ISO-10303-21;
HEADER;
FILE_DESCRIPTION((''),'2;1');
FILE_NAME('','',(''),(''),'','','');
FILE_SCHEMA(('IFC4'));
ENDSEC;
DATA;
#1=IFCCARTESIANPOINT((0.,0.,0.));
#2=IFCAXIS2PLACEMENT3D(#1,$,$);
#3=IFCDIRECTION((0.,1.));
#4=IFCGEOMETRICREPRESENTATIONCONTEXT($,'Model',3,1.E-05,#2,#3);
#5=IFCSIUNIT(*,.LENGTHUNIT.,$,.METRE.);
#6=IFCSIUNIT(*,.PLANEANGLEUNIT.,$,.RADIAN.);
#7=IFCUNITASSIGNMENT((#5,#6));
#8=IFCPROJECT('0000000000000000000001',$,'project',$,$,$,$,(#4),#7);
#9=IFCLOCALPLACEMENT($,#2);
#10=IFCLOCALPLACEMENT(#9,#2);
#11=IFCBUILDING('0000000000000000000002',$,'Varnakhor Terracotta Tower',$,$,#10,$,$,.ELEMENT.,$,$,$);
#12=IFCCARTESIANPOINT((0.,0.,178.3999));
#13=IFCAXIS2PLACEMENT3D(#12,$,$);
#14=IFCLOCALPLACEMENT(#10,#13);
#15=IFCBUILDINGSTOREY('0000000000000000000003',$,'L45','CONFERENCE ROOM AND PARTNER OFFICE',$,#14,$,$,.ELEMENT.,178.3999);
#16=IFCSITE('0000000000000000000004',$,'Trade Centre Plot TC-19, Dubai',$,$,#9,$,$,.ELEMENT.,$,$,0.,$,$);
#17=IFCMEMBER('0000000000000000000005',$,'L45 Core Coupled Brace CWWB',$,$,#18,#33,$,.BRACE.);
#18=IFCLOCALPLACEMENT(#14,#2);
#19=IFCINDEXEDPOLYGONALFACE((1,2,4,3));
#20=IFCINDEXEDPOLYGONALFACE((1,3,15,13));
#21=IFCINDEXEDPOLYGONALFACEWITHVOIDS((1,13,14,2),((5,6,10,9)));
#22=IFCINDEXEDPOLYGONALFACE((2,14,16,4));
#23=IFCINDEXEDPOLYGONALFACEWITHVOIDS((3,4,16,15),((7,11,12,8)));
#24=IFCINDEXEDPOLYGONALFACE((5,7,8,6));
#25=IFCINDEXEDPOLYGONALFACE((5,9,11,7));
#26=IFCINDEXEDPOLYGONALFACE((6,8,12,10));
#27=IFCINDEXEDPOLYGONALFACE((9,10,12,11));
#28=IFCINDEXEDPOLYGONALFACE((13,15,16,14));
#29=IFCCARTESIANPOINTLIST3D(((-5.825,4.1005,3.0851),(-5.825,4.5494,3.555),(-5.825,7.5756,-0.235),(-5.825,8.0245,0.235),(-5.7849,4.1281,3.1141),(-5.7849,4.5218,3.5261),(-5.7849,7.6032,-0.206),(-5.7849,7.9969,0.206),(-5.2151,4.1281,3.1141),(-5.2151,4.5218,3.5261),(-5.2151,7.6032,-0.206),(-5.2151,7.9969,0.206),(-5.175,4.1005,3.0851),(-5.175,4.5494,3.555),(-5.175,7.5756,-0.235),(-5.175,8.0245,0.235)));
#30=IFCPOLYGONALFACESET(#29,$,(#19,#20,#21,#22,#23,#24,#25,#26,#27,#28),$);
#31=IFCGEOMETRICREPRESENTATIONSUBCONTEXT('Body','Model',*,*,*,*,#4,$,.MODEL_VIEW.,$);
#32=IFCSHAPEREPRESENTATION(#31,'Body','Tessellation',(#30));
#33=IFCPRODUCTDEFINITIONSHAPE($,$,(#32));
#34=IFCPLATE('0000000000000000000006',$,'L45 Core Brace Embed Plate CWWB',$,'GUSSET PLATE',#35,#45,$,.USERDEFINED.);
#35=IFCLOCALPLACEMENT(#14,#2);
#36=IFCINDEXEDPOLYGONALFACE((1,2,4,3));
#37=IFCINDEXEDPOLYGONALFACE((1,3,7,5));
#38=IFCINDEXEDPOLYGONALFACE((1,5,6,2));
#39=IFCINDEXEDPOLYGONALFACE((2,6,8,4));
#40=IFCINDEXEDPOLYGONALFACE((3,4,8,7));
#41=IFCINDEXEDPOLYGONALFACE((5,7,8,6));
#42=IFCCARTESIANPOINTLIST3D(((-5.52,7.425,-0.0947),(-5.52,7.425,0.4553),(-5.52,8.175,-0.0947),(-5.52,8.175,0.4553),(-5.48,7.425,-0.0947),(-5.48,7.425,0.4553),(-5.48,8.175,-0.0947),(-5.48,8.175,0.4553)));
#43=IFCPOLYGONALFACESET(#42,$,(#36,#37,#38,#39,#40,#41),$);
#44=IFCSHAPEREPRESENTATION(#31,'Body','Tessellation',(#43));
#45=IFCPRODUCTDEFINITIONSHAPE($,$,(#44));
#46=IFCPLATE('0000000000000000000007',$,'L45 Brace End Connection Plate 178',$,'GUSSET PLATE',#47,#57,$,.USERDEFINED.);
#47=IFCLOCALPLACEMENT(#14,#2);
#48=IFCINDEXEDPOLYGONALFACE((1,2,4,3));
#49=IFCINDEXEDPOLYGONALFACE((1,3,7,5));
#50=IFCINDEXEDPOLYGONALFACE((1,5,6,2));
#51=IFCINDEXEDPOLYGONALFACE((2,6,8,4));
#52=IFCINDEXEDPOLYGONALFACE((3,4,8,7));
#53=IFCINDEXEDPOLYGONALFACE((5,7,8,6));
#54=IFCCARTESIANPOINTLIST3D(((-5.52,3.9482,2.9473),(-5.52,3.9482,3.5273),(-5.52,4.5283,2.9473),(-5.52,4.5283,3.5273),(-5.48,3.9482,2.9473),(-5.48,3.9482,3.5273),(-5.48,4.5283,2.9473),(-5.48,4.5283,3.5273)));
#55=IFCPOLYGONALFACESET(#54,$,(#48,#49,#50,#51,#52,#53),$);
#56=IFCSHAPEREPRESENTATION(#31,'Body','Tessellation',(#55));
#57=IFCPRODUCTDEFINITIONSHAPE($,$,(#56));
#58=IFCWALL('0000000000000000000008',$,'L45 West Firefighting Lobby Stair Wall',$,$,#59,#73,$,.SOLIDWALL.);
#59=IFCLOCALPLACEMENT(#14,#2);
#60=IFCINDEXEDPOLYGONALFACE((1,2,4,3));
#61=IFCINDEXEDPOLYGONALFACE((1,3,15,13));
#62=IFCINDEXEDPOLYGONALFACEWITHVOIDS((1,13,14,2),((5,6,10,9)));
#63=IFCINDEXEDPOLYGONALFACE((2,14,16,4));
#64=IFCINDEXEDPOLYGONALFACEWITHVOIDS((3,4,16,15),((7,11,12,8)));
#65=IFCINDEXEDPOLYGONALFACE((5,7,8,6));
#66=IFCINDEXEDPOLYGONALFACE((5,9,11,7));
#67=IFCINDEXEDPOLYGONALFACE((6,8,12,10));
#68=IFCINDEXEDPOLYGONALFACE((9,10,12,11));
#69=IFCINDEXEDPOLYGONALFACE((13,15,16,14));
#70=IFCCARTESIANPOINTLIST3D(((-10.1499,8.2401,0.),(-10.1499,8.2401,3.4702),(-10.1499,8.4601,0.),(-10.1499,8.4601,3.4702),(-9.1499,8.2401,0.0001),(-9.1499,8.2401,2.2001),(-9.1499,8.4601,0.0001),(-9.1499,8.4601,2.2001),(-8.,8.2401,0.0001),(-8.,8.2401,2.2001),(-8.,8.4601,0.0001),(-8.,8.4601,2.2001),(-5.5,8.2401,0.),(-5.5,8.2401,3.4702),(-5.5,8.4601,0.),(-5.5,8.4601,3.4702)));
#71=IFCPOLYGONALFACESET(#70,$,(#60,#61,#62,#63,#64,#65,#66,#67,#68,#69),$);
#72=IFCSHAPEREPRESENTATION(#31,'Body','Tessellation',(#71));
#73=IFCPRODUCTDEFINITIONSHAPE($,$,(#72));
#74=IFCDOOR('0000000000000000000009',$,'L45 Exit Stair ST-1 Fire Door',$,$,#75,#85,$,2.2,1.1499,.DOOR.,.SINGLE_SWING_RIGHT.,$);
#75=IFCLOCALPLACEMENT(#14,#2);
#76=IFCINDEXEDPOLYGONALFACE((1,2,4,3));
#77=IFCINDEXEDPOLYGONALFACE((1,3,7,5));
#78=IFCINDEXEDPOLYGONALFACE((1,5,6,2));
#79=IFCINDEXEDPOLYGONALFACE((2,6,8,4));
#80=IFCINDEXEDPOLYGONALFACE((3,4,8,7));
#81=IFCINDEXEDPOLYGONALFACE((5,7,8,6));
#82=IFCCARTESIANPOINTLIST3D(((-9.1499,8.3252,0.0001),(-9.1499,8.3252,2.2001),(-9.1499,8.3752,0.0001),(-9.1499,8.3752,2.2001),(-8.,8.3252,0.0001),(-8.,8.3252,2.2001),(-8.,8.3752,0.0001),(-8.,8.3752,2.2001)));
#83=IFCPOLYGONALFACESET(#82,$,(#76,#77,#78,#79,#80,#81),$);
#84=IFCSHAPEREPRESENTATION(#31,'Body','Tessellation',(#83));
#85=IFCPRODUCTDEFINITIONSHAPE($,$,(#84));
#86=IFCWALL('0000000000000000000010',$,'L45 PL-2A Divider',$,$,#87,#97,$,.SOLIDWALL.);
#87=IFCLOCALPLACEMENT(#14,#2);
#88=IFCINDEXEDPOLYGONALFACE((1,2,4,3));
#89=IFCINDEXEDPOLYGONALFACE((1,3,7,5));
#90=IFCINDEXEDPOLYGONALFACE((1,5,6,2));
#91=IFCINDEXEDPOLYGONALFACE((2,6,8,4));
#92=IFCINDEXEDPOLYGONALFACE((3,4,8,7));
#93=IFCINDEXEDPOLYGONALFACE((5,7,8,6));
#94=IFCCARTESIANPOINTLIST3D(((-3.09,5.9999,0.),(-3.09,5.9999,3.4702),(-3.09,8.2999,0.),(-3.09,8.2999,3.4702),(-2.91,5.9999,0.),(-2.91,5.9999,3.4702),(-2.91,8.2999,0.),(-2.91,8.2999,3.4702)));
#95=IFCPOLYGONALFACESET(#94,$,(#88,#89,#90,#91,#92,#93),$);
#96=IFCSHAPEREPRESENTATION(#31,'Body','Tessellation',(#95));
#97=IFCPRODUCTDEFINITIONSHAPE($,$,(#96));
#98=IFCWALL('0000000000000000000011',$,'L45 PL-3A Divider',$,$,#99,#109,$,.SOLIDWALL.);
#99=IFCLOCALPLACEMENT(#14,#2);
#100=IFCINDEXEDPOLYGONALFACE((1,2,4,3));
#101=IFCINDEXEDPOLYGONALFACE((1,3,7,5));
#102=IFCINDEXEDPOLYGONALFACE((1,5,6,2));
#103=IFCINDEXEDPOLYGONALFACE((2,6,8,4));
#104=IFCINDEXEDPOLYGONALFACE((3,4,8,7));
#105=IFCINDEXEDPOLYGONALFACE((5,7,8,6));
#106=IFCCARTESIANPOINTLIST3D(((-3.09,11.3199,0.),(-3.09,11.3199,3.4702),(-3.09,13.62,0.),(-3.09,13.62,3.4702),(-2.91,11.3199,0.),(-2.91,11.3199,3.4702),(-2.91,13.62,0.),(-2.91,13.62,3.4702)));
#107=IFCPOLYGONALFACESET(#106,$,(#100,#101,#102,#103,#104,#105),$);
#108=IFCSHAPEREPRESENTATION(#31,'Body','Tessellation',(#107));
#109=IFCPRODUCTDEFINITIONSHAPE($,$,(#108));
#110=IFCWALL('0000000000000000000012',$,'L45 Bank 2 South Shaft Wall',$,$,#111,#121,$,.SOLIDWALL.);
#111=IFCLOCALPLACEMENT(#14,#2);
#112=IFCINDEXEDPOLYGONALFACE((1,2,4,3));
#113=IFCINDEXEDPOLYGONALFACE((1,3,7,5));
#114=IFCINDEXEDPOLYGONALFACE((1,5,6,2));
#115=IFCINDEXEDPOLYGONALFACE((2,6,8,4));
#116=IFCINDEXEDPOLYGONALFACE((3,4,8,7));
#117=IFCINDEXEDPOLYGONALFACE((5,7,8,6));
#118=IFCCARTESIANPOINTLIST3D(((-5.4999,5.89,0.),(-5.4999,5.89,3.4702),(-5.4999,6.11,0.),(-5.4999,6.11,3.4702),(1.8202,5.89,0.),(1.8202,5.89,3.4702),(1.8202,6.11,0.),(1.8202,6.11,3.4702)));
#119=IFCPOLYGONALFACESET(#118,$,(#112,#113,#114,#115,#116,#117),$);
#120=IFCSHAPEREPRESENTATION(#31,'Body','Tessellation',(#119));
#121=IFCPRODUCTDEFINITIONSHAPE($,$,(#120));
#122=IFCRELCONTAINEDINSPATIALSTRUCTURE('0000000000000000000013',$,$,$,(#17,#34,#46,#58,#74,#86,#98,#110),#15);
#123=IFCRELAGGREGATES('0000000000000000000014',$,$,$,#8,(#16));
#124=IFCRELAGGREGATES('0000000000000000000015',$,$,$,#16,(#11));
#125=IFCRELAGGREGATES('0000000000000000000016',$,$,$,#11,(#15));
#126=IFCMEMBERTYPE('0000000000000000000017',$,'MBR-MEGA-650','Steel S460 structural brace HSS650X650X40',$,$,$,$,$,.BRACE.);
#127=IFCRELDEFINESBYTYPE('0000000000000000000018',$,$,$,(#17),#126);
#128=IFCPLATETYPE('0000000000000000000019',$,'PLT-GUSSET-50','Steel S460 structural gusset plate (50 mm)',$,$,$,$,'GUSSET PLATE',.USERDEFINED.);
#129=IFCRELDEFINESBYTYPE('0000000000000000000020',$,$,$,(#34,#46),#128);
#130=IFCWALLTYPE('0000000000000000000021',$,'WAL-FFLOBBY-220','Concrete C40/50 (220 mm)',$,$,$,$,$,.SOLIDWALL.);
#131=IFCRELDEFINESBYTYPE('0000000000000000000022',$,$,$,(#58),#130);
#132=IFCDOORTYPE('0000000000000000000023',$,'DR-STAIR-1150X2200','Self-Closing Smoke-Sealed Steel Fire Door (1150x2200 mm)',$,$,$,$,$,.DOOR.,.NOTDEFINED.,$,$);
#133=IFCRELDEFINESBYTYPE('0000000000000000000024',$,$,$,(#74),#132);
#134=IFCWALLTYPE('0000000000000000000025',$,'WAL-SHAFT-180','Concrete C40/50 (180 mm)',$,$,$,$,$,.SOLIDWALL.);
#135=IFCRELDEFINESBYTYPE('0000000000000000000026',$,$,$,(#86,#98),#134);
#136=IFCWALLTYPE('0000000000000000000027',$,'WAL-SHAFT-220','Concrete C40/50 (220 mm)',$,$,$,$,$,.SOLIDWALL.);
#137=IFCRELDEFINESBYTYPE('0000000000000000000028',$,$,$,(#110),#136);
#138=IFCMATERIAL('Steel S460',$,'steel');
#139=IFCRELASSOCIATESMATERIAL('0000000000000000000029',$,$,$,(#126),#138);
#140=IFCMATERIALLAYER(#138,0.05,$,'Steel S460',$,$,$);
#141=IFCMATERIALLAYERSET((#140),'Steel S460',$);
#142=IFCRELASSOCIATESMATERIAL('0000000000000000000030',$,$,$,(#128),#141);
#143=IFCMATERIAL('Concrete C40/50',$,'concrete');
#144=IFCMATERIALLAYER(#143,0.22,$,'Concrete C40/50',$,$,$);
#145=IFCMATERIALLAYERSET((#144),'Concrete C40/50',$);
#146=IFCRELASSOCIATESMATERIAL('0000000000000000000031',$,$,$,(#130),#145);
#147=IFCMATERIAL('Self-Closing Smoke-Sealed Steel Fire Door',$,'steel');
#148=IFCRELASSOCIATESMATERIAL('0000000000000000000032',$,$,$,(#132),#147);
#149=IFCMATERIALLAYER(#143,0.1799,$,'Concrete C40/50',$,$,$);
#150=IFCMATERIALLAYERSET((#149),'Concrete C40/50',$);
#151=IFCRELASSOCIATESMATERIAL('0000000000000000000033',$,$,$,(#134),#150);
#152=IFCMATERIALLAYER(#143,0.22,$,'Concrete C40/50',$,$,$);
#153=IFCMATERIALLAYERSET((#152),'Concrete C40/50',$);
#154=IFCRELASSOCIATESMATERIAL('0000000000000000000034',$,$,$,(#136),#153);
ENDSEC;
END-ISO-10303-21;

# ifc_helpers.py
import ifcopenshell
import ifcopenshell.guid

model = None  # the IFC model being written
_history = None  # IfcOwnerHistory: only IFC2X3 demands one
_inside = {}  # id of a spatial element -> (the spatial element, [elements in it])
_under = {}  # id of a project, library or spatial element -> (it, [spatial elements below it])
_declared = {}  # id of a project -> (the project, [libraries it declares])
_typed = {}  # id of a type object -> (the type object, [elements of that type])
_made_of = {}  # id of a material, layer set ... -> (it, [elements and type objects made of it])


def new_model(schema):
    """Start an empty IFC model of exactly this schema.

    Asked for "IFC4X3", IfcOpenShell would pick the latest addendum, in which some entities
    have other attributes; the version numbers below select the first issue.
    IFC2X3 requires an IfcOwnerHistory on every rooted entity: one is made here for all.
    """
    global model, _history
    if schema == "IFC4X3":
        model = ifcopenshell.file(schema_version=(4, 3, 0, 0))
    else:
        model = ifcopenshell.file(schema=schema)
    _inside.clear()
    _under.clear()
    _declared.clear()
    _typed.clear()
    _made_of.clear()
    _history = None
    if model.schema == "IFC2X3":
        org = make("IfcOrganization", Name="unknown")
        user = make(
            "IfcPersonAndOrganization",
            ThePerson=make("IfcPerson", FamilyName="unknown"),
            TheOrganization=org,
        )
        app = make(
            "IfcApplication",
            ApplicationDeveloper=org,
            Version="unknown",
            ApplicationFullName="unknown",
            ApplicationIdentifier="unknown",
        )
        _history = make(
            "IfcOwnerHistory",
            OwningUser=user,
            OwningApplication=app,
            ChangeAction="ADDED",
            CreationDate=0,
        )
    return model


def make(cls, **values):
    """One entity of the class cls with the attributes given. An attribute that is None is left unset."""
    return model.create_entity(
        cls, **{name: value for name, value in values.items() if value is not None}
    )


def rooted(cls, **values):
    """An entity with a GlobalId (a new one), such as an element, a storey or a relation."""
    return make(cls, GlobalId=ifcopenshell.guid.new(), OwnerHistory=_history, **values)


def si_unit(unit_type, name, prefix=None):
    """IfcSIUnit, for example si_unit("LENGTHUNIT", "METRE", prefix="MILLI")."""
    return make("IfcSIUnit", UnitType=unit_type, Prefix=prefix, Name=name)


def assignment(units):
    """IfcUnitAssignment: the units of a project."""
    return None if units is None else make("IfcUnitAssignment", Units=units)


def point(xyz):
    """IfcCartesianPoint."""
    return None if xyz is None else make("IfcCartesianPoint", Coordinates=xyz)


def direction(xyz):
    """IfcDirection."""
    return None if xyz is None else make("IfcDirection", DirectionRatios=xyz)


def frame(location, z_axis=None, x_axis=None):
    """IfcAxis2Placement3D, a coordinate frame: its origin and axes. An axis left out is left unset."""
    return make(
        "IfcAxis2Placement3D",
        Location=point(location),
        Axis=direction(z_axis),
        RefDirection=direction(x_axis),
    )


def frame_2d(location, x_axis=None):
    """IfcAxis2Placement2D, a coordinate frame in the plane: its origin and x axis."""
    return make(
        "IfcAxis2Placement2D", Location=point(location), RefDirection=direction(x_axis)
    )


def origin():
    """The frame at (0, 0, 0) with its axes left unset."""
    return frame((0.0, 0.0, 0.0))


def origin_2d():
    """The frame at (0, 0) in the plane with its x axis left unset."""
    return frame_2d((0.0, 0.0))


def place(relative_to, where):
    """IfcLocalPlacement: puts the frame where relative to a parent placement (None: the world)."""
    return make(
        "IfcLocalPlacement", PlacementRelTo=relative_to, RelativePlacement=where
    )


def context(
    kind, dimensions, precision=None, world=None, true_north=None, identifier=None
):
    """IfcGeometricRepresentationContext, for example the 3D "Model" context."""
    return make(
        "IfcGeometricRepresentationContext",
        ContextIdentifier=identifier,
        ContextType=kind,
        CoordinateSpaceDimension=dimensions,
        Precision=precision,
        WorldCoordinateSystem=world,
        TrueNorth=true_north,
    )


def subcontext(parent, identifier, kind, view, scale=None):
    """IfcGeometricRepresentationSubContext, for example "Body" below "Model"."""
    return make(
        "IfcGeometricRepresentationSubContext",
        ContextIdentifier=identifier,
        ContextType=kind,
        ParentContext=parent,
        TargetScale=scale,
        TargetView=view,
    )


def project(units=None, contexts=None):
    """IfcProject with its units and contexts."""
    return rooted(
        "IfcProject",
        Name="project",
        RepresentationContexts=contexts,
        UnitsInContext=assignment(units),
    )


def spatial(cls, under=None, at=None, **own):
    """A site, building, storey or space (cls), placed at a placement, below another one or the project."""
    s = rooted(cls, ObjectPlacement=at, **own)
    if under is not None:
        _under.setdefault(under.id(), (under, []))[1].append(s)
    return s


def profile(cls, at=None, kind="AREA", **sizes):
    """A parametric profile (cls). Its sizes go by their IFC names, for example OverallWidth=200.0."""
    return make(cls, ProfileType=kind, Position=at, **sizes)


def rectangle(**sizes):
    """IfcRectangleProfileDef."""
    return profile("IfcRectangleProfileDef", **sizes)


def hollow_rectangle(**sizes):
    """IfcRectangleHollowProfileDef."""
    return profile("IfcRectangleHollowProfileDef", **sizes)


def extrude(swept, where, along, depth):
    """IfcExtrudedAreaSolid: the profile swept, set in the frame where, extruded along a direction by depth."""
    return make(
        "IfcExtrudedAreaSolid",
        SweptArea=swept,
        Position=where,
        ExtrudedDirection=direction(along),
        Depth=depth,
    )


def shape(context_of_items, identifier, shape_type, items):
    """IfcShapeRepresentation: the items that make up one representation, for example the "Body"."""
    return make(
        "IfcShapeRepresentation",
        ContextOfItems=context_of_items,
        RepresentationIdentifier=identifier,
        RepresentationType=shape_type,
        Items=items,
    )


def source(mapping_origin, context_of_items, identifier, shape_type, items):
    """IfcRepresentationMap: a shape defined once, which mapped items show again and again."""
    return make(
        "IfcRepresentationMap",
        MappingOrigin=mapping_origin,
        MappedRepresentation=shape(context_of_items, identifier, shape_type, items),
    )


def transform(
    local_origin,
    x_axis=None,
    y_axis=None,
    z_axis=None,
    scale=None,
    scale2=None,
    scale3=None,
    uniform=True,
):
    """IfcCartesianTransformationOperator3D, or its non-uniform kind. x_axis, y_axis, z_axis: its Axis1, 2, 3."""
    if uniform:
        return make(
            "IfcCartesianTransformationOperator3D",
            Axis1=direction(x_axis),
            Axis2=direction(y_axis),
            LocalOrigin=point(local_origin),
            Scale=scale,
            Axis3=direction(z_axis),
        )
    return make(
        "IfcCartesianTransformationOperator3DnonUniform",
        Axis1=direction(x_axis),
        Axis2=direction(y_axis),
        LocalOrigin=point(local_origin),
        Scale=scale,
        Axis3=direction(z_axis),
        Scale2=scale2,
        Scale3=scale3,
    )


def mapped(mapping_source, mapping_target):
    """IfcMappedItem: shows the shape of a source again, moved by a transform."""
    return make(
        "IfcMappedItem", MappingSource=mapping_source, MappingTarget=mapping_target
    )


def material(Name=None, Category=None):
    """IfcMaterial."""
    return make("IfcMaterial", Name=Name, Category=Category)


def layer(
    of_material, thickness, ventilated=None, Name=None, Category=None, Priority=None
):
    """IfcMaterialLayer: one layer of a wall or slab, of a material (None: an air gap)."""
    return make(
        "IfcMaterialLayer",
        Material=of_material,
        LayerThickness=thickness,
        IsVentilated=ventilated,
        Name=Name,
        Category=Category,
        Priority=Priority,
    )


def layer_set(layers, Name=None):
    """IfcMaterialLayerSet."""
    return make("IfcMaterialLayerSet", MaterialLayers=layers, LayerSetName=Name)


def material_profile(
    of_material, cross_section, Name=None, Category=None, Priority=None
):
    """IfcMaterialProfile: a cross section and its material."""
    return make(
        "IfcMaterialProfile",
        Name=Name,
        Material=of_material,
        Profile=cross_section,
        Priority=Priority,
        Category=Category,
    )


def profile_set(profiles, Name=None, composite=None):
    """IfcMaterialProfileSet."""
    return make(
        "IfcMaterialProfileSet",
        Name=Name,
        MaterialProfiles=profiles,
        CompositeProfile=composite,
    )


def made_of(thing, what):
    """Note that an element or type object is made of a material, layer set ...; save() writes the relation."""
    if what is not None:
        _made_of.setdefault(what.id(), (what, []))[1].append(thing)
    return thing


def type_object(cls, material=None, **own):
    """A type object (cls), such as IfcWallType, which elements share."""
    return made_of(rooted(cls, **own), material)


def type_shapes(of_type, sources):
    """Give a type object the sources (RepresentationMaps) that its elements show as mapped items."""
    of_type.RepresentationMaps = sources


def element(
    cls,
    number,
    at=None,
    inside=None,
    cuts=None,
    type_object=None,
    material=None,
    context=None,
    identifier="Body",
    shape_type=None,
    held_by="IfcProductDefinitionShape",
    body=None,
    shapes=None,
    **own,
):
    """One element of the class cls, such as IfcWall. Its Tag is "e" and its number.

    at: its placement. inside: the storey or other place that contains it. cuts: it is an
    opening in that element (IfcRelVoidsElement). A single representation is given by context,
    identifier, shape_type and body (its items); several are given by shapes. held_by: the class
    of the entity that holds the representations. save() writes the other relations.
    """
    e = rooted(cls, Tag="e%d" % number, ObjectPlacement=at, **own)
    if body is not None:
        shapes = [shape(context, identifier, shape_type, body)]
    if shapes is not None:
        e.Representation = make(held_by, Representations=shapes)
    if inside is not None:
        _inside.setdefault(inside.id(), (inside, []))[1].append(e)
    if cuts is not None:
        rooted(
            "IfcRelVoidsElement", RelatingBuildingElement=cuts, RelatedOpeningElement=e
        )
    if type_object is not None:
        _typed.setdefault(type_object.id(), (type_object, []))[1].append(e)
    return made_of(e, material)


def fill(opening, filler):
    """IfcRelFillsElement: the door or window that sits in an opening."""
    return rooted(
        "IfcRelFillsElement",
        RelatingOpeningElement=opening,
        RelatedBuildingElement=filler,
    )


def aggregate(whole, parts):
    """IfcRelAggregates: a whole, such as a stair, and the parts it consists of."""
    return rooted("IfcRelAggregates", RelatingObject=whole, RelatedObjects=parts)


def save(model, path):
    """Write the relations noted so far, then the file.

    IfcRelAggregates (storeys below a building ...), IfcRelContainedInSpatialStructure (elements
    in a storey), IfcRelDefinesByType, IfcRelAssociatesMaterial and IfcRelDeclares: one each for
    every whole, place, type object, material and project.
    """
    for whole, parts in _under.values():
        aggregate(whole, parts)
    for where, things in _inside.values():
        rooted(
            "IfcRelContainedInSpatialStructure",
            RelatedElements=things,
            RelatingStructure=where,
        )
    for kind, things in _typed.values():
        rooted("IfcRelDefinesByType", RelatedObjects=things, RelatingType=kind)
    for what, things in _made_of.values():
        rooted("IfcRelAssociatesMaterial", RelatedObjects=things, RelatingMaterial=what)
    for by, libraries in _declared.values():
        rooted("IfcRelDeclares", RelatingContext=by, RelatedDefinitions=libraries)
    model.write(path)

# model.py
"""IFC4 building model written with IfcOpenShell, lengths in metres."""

from ifc_helpers import new_model, si_unit, direction, frame, frame_2d, origin, origin_2d, place, context, subcontext, project, spatial, rectangle, hollow_rectangle, extrude, source, transform, mapped, material, layer, layer_set, material_profile, profile_set, type_object, type_shapes, element, fill, save


model = new_model("IFC4")

# Units and contexts
model_context = context("Model", 3, precision=1e-05, world=origin(), true_north=direction((0.0, 1.0)))
body_context = subcontext(model_context, "Body", "Model", "MODEL_VIEW")
ifc_project = project(units=[si_unit("LENGTHUNIT", "METRE"), si_unit("PLANEANGLEUNIT", "RADIAN")], contexts=[model_context])

# Site, building, storey
site_placement = place(None, origin())
site = spatial("IfcSite", under=ifc_project, at=site_placement, Name="Trade Centre Plot TC-19, Dubai", CompositionType="ELEMENT", RefElevation=0.0)
building_placement = place(site_placement, origin())
building = spatial("IfcBuilding", under=site, at=building_placement, Name="Varnakhor Terracotta Tower", CompositionType="ELEMENT")
storey_placement = place(building_placement, frame((0.0, 0.0, 178.3999)))
storey = spatial("IfcBuildingStorey", under=building, at=storey_placement, Name="L45", Description="CONFERENCE ROOM AND PARTNER OFFICE", CompositionType="ELEMENT", Elevation=178.3999)

# Member
ifc_material_1 = material(Name="Steel S460", Category="steel")
ifc_material_profile = material_profile(ifc_material_1, hollow_rectangle(XDim=0.6499, YDim=0.6499, WallThickness=0.04, at=origin_2d()), Name="HSS650X650X40")
ifc_profile_set = profile_set([ifc_material_profile], Name="Steel S460")
member_type = type_object("IfcMemberType", Name="MBR-MEGA-650", Description="Steel S460 structural brace HSS650X650X40", PredefinedType="BRACE", material=ifc_profile_set)
shared_shape_1 = source(origin(), body_context, "Body", "SweptSolid", [
    extrude(hollow_rectangle(XDim=0.6499, YDim=0.6499, WallThickness=0.04, at=origin_2d()), origin(), (0.0, 0.0, 1.0), 4.8062),
])
member_placement = place(storey_placement, frame((-5.5, 7.8, 0.0), z_axis=(0.0, -0.723051, 0.690795), x_axis=(1.0, 0.0, 0.0)))
element("IfcMember", 1, at=member_placement, inside=storey, type_object=member_type, Name="L45 Core Coupled Brace CWWB", PredefinedType="BRACE", context=body_context, shape_type="MappedRepresentation", body=[
    mapped(shared_shape_1, transform((0.0, 0.0, 0.0), scale=1.0)),
])

# Plates
ifc_layer_1 = layer(ifc_material_1, 0.05, Name="Steel S460")
ifc_layer_set_1 = layer_set([ifc_layer_1], Name="Steel S460")
plate_type = type_object("IfcPlateType", Name="PLT-GUSSET-50", Description="Steel S460 structural gusset plate (50 mm)", ElementType="GUSSET PLATE", PredefinedType="USERDEFINED", material=ifc_layer_set_1)
shared_shape_2 = source(origin(), body_context, "Body", "SweptSolid", [
    extrude(rectangle(XDim=0.75, YDim=0.04, at=origin_2d()), origin(), (0.0, 0.0, 1.0), 0.55),
])
type_shapes(plate_type, [shared_shape_2])
plate_1_placement = place(storey_placement, frame((-5.5, 7.8, -0.0947), z_axis=(0.0, 0.0, 1.0), x_axis=(0.0, 1.0, 0.0)))
element("IfcPlate", 2, at=plate_1_placement, inside=storey, type_object=plate_type, Name="L45 Core Brace Embed Plate CWWB", ObjectType="GUSSET PLATE", PredefinedType="USERDEFINED", context=body_context, shape_type="MappedRepresentation", body=[
    mapped(shared_shape_2, transform((0.0, 0.0, 0.0), scale=1.0)),
])
shared_shape_3 = source(origin(), body_context, "Body", "SweptSolid", [
    extrude(rectangle(XDim=0.5801, YDim=0.04, at=origin_2d()), origin(), (0.0, 0.0, 1.0), 0.5801),
])
plate_2_placement = place(storey_placement, frame((-5.5, 4.2383, 2.9473), z_axis=(0.0, 0.0, 1.0), x_axis=(0.0, 1.0, 0.0)))
element("IfcPlate", 3, at=plate_2_placement, inside=storey, type_object=plate_type, Name="L45 Brace End Connection Plate 178", ObjectType="GUSSET PLATE", PredefinedType="USERDEFINED", context=body_context, shape_type="MappedRepresentation", body=[
    mapped(shared_shape_3, transform((0.0, 0.0, 0.0), scale=1.0)),
])

# Wall, opening, door
ifc_material_2 = material(Name="Concrete C40/50", Category="concrete")
ifc_layer_2 = layer(ifc_material_2, 0.22, Name="Concrete C40/50")
ifc_layer_set_2 = layer_set([ifc_layer_2], Name="Concrete C40/50")
wall_type_1 = type_object("IfcWallType", Name="WAL-FFLOBBY-220", Description="Concrete C40/50 (220 mm)", PredefinedType="SOLIDWALL", material=ifc_layer_set_2)
wall_1_placement = place(storey_placement, frame((-5.5, 8.3501, 0.0), z_axis=(0.0, 0.0, 1.0), x_axis=(-1.0, 0.0, 0.0)))
wall_1 = element("IfcWall", 4, at=wall_1_placement, inside=storey, type_object=wall_type_1, Name="L45 West Firefighting Lobby Stair Wall", PredefinedType="SOLIDWALL", context=body_context, shape_type="SweptSolid", body=[
    extrude(rectangle(XDim=4.6499, YDim=0.22, at=frame_2d((2.325, 0.0))), origin(), (0.0, 0.0, 1.0), 3.4702),
])
opening_1_placement = place(wall_1_placement, frame((2.5, 0.0, 0.0)))
opening_1 = element("IfcOpeningElement", 5, at=opening_1_placement, cuts=wall_1, PredefinedType="OPENING", context=body_context, shape_type="SweptSolid", body=[
    extrude(rectangle(XDim=1.1499, YDim=2.2, at=frame_2d((0.575, 1.1001))), frame((0.0, 0.1201, 0.0), z_axis=(0.0, -1.0, 0.0), x_axis=(1.0, 0.0, 0.0)), (0.0, 0.0, 1.0), 0.24),
])
ifc_material_3 = material(Name="Self-Closing Smoke-Sealed Steel Fire Door", Category="steel")
door_type_1 = type_object("IfcDoorType", Name="DR-STAIR-1150X2200", Description="Self-Closing Smoke-Sealed Steel Fire Door (1150x2200 mm)", OperationType="NOTDEFINED", PredefinedType="DOOR", material=ifc_material_3)
shared_shape_4 = source(origin(), body_context, "Body", "SweptSolid", [
    extrude(rectangle(XDim=1.1499, YDim=2.2, at=frame_2d((0.575, 1.1001))), frame((0.0, 0.0249, 0.0), z_axis=(0.0, -1.0, 0.0), x_axis=(1.0, 0.0, 0.0)), (0.0, 0.0, 1.0), 0.05),
])
type_shapes(door_type_1, [shared_shape_4])
door_1_placement = place(opening_1_placement, origin())
door_1 = element("IfcDoor", 6, at=door_1_placement, inside=storey, type_object=door_type_1, Name="L45 Exit Stair ST-1 Fire Door", OperationType="SINGLE_SWING_RIGHT", OverallHeight=2.2, OverallWidth=1.1499, PredefinedType="DOOR", context=body_context, shape_type="MappedRepresentation", body=[
    mapped(shared_shape_4, transform((0.0, 0.0, 0.0), scale=1.0)),
])
fill(opening_1, door_1)

# Walls
ifc_layer_3 = layer(ifc_material_2, 0.1799, Name="Concrete C40/50")
ifc_layer_set_3 = layer_set([ifc_layer_3], Name="Concrete C40/50")
wall_type_2 = type_object("IfcWallType", Name="WAL-SHAFT-180", Description="Concrete C40/50 (180 mm)", PredefinedType="SOLIDWALL", material=ifc_layer_set_3)
for number, where, z_axis, x_axis, name in (
    (7, (-3.0, 6.0, 0.0), (0.0, 0.0, 1.0), (0.0, 1.0, 0.0), "L45 PL-2A Divider"),
    (8, (-3.0, 11.3201, 0.0), (0.0, 0.0, 1.0), (0.0, 1.0, 0.0), "L45 PL-3A Divider"),
):
    element("IfcWall", number, at=place(storey_placement, frame(where, z_axis=z_axis, x_axis=x_axis)), inside=storey, type_object=wall_type_2, Name=name, PredefinedType="SOLIDWALL", context=body_context, shape_type="SweptSolid", body=[
        extrude(rectangle(XDim=2.3, YDim=0.1799, at=frame_2d((1.1499, 0.0))), origin(), (0.0, 0.0, 1.0), 3.4702),
    ])
ifc_layer_4 = layer(ifc_material_2, 0.22, Name="Concrete C40/50")
ifc_layer_set_4 = layer_set([ifc_layer_4], Name="Concrete C40/50")
wall_type_3 = type_object("IfcWallType", Name="WAL-SHAFT-220", Description="Concrete C40/50 (220 mm)", PredefinedType="SOLIDWALL", material=ifc_layer_set_4)
wall_2_placement = place(storey_placement, frame((-5.5, 6.0, 0.0), z_axis=(0.0, 0.0, 1.0), x_axis=(1.0, 0.0, 0.0)))
element("IfcWall", 9, at=wall_2_placement, inside=storey, type_object=wall_type_3, Name="L45 Bank 2 South Shaft Wall", PredefinedType="SOLIDWALL", context=body_context, shape_type="SweptSolid", body=[
    extrude(rectangle(XDim=7.3201, YDim=0.22, at=frame_2d((3.6602, 0.0))), origin(), (0.0, 0.0, 1.0), 3.4702),
])

save(model, "model.ifc")
